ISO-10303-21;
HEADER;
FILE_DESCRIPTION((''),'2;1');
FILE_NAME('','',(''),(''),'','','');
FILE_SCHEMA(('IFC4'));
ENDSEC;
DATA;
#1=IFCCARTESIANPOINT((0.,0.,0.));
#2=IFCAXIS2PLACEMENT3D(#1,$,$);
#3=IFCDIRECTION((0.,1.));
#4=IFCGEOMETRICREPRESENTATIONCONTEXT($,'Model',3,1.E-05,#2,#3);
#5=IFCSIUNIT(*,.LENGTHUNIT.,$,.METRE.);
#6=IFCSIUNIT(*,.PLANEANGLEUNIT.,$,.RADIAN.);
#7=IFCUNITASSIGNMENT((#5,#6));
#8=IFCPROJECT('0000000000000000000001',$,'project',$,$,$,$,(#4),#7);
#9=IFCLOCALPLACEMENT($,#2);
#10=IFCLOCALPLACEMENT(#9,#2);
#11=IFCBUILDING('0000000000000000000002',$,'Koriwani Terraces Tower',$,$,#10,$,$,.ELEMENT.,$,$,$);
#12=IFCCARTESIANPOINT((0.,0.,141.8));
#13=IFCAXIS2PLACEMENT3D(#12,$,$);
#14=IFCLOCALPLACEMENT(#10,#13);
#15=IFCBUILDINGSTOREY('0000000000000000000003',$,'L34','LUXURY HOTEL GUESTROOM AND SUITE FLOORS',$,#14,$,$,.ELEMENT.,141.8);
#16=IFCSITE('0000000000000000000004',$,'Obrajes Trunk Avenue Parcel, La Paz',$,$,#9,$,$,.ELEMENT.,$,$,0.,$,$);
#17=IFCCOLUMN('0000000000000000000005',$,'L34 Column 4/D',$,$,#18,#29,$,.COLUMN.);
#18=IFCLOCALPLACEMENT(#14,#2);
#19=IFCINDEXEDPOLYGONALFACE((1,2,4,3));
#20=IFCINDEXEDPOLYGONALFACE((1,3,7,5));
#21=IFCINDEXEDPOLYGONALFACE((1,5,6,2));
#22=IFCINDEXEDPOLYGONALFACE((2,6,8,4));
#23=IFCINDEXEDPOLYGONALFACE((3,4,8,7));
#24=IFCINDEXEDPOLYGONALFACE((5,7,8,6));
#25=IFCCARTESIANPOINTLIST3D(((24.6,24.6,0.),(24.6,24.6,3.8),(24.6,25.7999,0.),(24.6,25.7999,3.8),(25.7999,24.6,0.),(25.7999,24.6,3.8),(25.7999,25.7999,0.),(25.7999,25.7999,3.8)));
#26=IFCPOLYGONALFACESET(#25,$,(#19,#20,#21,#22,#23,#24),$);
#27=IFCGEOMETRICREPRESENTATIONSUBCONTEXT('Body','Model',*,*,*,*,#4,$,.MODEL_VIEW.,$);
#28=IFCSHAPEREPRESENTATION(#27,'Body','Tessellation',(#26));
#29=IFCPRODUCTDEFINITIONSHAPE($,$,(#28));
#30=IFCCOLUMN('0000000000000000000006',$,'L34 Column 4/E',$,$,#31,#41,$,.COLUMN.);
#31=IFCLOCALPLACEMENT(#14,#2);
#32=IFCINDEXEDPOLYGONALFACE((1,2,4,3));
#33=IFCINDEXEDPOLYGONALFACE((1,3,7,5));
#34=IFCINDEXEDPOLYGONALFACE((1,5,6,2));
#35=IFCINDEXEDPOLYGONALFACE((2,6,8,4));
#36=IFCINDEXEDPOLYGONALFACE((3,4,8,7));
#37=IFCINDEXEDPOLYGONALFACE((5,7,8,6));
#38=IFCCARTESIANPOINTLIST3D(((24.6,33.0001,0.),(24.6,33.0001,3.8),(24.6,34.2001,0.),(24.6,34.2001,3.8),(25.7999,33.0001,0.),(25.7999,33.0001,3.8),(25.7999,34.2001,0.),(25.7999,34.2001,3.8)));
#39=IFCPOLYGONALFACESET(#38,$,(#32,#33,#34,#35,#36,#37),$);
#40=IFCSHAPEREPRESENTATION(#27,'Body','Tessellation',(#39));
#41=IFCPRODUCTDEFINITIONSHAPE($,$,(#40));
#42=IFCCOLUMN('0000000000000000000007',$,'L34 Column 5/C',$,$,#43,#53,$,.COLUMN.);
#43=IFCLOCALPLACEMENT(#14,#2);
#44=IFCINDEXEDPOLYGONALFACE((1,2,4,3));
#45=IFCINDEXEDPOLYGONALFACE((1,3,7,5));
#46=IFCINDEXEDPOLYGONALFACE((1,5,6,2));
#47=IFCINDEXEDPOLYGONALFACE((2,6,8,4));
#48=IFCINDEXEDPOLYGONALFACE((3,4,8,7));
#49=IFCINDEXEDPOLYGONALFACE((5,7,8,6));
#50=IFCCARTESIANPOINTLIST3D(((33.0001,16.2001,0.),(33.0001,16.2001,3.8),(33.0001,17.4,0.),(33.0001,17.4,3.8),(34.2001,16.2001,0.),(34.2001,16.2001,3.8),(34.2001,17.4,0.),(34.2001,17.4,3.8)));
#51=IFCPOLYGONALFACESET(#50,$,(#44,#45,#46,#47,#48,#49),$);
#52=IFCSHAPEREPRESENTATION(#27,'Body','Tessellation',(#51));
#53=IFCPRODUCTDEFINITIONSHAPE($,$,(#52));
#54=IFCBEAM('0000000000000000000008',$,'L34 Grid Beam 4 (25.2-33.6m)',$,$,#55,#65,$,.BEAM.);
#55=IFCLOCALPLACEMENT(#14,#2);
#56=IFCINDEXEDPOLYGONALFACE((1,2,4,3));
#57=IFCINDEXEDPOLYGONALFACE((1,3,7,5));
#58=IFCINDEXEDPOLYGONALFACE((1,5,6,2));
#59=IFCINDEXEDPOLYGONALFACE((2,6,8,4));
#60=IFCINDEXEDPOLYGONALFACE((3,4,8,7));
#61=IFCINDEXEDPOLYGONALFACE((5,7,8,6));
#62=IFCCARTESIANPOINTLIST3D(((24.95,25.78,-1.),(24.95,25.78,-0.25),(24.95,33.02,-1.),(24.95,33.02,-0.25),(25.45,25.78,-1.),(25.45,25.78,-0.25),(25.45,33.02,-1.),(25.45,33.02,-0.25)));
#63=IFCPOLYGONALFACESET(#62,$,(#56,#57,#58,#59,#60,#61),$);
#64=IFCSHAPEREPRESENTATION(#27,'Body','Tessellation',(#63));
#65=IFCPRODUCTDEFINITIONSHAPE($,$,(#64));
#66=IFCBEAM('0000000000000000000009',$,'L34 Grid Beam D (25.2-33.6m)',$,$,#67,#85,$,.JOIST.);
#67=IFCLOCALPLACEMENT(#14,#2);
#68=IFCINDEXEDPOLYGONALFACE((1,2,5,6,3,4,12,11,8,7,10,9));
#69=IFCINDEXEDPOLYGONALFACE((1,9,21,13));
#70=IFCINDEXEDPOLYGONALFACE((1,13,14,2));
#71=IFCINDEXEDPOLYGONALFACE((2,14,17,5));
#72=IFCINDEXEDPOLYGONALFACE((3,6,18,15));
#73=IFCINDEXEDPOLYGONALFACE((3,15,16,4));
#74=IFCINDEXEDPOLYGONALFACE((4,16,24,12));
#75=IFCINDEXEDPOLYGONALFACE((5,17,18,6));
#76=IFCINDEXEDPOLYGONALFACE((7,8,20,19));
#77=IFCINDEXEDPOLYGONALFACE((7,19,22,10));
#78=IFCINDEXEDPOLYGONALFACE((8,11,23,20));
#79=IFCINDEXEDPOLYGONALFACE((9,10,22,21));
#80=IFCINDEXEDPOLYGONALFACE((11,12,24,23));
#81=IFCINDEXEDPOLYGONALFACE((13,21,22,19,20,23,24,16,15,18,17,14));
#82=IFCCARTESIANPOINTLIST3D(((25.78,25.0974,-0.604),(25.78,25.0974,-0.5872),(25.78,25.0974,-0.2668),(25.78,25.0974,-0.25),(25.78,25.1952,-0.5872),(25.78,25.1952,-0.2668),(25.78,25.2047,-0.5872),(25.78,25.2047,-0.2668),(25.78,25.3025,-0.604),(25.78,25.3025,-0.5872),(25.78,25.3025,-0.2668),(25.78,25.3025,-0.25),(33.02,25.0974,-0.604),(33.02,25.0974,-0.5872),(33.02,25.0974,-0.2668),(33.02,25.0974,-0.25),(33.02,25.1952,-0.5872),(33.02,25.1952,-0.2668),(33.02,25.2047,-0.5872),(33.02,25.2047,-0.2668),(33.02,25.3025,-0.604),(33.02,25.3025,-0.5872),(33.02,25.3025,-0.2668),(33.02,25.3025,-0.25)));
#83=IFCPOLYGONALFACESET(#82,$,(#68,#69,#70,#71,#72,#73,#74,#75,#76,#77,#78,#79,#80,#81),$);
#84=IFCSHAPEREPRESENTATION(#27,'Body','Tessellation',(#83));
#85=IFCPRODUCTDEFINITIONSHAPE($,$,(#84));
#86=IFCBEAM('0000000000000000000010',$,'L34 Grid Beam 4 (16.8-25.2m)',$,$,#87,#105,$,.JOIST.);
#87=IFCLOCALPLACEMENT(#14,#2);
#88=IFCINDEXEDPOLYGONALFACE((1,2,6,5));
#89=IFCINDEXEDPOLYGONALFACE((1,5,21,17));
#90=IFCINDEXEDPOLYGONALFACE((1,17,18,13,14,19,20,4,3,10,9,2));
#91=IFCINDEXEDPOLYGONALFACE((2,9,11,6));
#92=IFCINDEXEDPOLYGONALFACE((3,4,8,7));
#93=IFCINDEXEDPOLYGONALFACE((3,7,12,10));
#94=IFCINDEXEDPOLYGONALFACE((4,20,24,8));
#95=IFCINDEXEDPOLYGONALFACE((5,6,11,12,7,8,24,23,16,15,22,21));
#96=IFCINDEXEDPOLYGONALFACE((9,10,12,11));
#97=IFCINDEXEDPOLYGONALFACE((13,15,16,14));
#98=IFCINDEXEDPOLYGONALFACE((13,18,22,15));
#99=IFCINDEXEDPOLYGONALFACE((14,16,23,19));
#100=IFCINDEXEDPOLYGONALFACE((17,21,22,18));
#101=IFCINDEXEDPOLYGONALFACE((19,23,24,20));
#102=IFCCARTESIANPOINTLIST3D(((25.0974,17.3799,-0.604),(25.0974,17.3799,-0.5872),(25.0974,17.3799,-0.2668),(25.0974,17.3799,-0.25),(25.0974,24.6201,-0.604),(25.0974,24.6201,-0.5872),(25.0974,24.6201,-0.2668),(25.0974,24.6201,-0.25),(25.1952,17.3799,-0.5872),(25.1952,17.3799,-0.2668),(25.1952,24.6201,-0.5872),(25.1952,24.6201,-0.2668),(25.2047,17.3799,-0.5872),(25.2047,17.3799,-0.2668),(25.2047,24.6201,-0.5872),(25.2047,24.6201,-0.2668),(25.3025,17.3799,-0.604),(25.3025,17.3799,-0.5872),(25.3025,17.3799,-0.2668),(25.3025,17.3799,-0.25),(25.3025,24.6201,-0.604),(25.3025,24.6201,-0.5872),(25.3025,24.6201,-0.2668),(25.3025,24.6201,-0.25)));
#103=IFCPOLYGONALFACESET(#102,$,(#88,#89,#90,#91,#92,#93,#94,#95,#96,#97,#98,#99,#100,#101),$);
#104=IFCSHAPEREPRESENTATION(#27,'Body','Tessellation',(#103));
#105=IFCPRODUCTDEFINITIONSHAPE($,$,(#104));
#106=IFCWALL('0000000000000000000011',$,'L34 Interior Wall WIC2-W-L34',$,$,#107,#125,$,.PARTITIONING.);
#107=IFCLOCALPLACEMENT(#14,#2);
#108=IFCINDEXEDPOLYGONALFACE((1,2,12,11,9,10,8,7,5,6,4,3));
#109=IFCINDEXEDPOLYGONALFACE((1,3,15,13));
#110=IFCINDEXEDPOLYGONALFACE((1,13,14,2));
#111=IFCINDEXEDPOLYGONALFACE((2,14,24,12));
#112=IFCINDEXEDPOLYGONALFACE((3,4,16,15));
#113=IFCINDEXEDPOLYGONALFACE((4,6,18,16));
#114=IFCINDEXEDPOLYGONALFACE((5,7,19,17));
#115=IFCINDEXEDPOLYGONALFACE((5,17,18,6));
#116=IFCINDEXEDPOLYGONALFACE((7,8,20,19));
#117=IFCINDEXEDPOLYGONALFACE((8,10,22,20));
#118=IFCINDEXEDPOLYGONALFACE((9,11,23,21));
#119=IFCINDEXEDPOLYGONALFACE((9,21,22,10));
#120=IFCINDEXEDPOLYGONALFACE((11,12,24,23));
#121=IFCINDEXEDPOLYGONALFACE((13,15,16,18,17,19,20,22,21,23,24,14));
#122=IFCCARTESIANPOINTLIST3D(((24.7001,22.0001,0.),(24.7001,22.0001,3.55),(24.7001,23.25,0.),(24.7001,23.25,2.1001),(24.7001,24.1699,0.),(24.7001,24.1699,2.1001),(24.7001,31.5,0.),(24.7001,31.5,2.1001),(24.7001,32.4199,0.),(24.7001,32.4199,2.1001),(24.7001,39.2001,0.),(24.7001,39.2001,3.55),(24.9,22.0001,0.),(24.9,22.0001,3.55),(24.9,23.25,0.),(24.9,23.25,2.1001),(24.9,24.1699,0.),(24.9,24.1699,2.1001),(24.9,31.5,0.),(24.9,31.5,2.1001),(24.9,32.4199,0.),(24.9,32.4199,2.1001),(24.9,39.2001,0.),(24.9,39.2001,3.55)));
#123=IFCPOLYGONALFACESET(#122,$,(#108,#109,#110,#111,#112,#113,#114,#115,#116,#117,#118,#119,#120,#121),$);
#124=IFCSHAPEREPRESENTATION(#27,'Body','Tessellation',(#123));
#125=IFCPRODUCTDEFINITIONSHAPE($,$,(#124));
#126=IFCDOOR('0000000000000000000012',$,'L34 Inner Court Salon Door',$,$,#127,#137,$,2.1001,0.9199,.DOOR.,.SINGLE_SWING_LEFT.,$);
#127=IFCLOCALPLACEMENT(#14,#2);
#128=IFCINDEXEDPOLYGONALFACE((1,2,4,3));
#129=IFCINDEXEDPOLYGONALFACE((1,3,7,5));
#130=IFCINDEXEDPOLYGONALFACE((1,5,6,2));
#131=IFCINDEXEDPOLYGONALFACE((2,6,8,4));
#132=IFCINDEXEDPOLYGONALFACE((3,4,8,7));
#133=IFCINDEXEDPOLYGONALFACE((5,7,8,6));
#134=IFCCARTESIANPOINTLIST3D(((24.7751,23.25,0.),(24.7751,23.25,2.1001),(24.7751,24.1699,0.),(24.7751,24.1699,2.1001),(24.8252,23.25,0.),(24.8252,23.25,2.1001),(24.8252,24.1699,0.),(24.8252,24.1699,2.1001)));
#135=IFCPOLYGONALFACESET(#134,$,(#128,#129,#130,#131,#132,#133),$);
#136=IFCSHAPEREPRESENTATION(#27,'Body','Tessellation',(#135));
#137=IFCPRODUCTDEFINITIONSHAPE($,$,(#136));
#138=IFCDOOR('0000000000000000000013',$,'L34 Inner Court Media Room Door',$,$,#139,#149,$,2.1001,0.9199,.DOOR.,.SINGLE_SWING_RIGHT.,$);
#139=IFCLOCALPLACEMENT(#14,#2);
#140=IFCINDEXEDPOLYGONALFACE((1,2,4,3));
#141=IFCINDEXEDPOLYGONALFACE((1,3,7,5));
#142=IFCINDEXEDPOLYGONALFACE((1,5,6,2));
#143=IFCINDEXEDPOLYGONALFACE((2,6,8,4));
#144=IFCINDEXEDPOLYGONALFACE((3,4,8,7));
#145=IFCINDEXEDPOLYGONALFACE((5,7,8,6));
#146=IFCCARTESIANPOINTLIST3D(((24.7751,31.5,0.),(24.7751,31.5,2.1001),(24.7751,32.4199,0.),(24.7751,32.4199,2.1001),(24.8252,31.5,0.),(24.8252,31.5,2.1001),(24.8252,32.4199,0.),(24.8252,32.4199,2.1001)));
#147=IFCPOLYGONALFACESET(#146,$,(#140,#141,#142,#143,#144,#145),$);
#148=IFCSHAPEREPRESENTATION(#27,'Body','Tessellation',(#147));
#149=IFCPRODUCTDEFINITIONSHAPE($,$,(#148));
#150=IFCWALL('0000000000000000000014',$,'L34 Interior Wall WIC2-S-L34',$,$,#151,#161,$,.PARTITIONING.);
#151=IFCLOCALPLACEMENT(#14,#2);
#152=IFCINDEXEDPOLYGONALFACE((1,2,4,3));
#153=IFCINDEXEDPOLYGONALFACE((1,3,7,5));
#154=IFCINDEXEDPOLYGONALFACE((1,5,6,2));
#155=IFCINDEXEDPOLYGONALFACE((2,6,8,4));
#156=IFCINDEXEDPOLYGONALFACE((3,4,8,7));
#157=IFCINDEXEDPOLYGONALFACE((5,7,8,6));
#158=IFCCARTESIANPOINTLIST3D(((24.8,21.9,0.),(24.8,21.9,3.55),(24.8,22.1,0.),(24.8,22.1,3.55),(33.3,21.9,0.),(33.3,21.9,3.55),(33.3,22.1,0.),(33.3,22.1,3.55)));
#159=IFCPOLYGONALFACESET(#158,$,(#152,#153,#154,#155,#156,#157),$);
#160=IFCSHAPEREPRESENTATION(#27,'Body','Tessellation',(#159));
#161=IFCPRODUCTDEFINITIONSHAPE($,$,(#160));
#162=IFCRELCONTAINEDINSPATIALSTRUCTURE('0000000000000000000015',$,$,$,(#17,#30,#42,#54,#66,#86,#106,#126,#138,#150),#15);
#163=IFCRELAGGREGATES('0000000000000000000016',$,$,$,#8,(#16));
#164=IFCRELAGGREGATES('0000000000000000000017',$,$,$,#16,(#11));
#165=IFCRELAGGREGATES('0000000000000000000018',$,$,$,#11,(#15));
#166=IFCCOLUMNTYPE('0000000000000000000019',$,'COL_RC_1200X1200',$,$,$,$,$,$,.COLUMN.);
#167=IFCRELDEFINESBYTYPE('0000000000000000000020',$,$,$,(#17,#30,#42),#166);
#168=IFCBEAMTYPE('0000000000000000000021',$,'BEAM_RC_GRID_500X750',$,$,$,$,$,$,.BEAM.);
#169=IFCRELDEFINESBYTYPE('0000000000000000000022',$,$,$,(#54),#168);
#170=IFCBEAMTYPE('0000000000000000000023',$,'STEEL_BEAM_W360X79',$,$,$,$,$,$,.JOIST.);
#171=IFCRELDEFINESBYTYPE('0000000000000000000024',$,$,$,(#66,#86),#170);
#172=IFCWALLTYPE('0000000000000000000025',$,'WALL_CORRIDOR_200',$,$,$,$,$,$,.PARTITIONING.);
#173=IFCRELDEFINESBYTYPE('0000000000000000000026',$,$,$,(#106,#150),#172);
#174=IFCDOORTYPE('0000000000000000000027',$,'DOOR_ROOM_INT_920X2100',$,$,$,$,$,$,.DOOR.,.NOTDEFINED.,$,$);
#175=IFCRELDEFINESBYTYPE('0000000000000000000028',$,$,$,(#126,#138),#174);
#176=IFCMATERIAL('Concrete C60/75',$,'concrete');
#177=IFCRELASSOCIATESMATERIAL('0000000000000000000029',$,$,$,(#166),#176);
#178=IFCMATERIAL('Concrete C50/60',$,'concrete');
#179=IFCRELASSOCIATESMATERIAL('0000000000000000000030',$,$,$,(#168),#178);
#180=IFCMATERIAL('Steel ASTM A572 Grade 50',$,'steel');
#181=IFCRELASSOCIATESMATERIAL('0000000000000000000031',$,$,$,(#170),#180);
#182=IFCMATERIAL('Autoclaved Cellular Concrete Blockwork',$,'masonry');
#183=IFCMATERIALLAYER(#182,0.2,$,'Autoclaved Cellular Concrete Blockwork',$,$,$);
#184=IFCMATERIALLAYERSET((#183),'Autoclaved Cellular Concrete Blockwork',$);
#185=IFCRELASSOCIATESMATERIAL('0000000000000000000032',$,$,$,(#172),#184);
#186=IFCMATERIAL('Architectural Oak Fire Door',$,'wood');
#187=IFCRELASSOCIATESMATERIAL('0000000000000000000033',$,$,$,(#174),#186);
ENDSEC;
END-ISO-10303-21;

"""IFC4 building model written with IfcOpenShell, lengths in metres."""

from ifc_helpers import new_model, si_unit, direction, frame, frame_2d, origin, origin_2d, place, context, subcontext, project, spatial, rectangle, i_section, extrude, material, layer, layer_set, material_profile, profile_set, type_object, element, fill, save


model = new_model("IFC4")

# Units and contexts
model_context = context("Model", 3, precision=1e-05, world=origin(), true_north=direction((0.0, 1.0)))
body_context = subcontext(model_context, "Body", "Model", "MODEL_VIEW")
ifc_project = project(units=[si_unit("LENGTHUNIT", "METRE"), si_unit("PLANEANGLEUNIT", "RADIAN")], contexts=[model_context])

# Site, building, storey
site_placement = place(None, origin())
site = spatial("IfcSite", under=ifc_project, at=site_placement, Name="Obrajes Trunk Avenue Parcel, La Paz", CompositionType="ELEMENT", RefElevation=0.0)
building_placement = place(site_placement, origin())
building = spatial("IfcBuilding", under=site, at=building_placement, Name="Koriwani Terraces Tower", CompositionType="ELEMENT")
storey_placement = place(building_placement, frame((0.0, 0.0, 141.8)))
storey = spatial("IfcBuildingStorey", under=building, at=storey_placement, Name="L34", Description="LUXURY HOTEL GUESTROOM AND SUITE FLOORS", CompositionType="ELEMENT", Elevation=141.8)

# Columns
ifc_material_1 = material(Name="Concrete C60/75", Category="concrete")
ifc_material_profile_1 = material_profile(ifc_material_1, rectangle(XDim=1.2, YDim=1.2, at=origin_2d()), Name="Concrete C60/75", Category="LoadBearing")
ifc_profile_set_1 = profile_set([ifc_material_profile_1], Name="Concrete C60/75")
column_type = type_object("IfcColumnType", Name="COL_RC_1200X1200", PredefinedType="COLUMN", material=ifc_profile_set_1)
for number, where, z_axis, x_axis, name in (
    (1, (25.2, 25.2, 0.0), (0.0, 0.0, 1.0), (1.0, 0.0, 0.0), "L34 Column 4/D"),
    (2, (25.2, 33.6001, 0.0), (0.0, 0.0, 1.0), (1.0, 0.0, 0.0), "L34 Column 4/E"),
    (3, (33.6001, 16.8, 0.0), (0.0, 0.0, 1.0), (1.0, 0.0, 0.0), "L34 Column 5/C"),
):
    element("IfcColumn", number, at=place(storey_placement, frame(where, z_axis=z_axis, x_axis=x_axis)), inside=storey, type_object=column_type, Name=name, PredefinedType="COLUMN", context=body_context, shape_type="SweptSolid", body=[
        extrude(rectangle(XDim=1.2, YDim=1.2, at=origin_2d()), origin(), (0.0, 0.0, 1.0), 3.8),
    ])

# Beams
ifc_material_2 = material(Name="Concrete C50/60", Category="concrete")
ifc_material_profile_2 = material_profile(ifc_material_2, rectangle(XDim=0.5, YDim=0.75, at=origin_2d()), Name="Concrete C50/60", Category="LoadBearing")
ifc_profile_set_2 = profile_set([ifc_material_profile_2], Name="Concrete C50/60")
beam_type_1 = type_object("IfcBeamType", Name="BEAM_RC_GRID_500X750", PredefinedType="BEAM", material=ifc_profile_set_2)
beam_1_placement = place(storey_placement, frame((25.2, 25.78, -0.625), z_axis=(0.0, 1.0, 0.0), x_axis=(-1.0, 0.0, 0.0)))
element("IfcBeam", 4, at=beam_1_placement, inside=storey, type_object=beam_type_1, Name="L34 Grid Beam 4 (25.2-33.6m)", PredefinedType="BEAM", context=body_context, shape_type="SweptSolid", body=[
    extrude(rectangle(XDim=0.5, YDim=0.75, at=origin_2d()), origin(), (0.0, 0.0, 1.0), 7.24),
])
ifc_material_3 = material(Name="Steel ASTM A572 Grade 50", Category="steel")
ifc_material_profile_3 = material_profile(ifc_material_3, i_section(OverallWidth=0.2051, OverallDepth=0.354, WebThickness=0.0095, FlangeThickness=0.0168, at=origin_2d()), Name="Steel ASTM A572 Grade 50", Category="LoadBearing")
ifc_profile_set_3 = profile_set([ifc_material_profile_3], Name="Steel ASTM A572 Grade 50")
beam_type_2 = type_object("IfcBeamType", Name="STEEL_BEAM_W360X79", PredefinedType="JOIST", material=ifc_profile_set_3)
beam_2_placement = place(storey_placement, frame((25.78, 25.2, -0.427), z_axis=(1.0, 0.0, 0.0), x_axis=(0.0, 1.0, 0.0)))
element("IfcBeam", 5, at=beam_2_placement, inside=storey, type_object=beam_type_2, Name="L34 Grid Beam D (25.2-33.6m)", PredefinedType="JOIST", context=body_context, shape_type="SweptSolid", body=[
    extrude(i_section(OverallWidth=0.2051, OverallDepth=0.354, WebThickness=0.0095, FlangeThickness=0.0168, at=origin_2d()), origin(), (0.0, 0.0, 1.0), 7.24),
])
beam_3_placement = place(storey_placement, frame((25.2, 17.3799, -0.427), z_axis=(0.0, 1.0, 0.0), x_axis=(-1.0, 0.0, 0.0)))
element("IfcBeam", 6, at=beam_3_placement, inside=storey, type_object=beam_type_2, Name="L34 Grid Beam 4 (16.8-25.2m)", PredefinedType="JOIST", context=body_context, shape_type="SweptSolid", body=[
    extrude(i_section(OverallWidth=0.2051, OverallDepth=0.354, WebThickness=0.0095, FlangeThickness=0.0168, at=origin_2d()), origin(), (0.0, 0.0, 1.0), 7.2402),
])

# Wall, openings, doors
ifc_material_4 = material(Name="Autoclaved Cellular Concrete Blockwork", Category="masonry")
ifc_layer_1 = layer(ifc_material_4, 0.2, Name="Autoclaved Cellular Concrete Blockwork")
ifc_layer_set_1 = layer_set([ifc_layer_1], Name="Autoclaved Cellular Concrete Blockwork")
wall_type_1 = type_object("IfcWallType", Name="WALL_CORRIDOR_200", PredefinedType="PARTITIONING", material=ifc_layer_set_1)
wall_1_placement = place(storey_placement, frame((24.8, 22.0, 0.0), z_axis=(0.0, 0.0, 1.0), x_axis=(0.0, 1.0, 0.0)))
wall_1 = element("IfcWall", 7, at=wall_1_placement, inside=storey, type_object=wall_type_1, Name="L34 Interior Wall WIC2-W-L34", PredefinedType="PARTITIONING", context=body_context, shape_type="SweptSolid", body=[
    extrude(rectangle(XDim=17.2, YDim=0.2, at=frame_2d((8.6001, 0.0))), origin(), (0.0, 0.0, 1.0), 3.55),
])
opening_1_placement = place(wall_1_placement, frame((1.25, 0.0, 0.0)))
opening_1 = element("IfcOpeningElement", 8, at=opening_1_placement, cuts=wall_1, PredefinedType="OPENING", context=body_context, shape_type="SweptSolid", body=[
    extrude(rectangle(XDim=0.9199, YDim=2.1001, at=frame_2d((0.46, 1.05))), frame((0.0, 0.1099, 0.0), z_axis=(0.0, -1.0, 0.0), x_axis=(1.0, 0.0, 0.0)), (0.0, 0.0, 1.0), 0.22),
])
opening_2_placement = place(wall_1_placement, frame((9.5, 0.0, 0.0)))
opening_2 = element("IfcOpeningElement", 9, at=opening_2_placement, cuts=wall_1, PredefinedType="OPENING", context=body_context, shape_type="SweptSolid", body=[
    extrude(rectangle(XDim=0.9199, YDim=2.1001, at=frame_2d((0.46, 1.05))), frame((0.0, 0.1099, 0.0), z_axis=(0.0, -1.0, 0.0), x_axis=(1.0, 0.0, 0.0)), (0.0, 0.0, 1.0), 0.22),
])
ifc_material_5 = material(Name="Architectural Oak Fire Door", Category="wood")
door_type_1 = type_object("IfcDoorType", Name="DOOR_ROOM_INT_920X2100", OperationType="NOTDEFINED", PredefinedType="DOOR", material=ifc_material_5)
door_1_placement = place(opening_1_placement, origin())
door_1 = element("IfcDoor", 10, at=door_1_placement, inside=storey, type_object=door_type_1, Name="L34 Inner Court Salon Door", OperationType="SINGLE_SWING_LEFT", OverallHeight=2.1001, OverallWidth=0.9199, PredefinedType="DOOR", context=body_context, shape_type="SweptSolid", body=[
    extrude(rectangle(XDim=0.9199, YDim=2.1001, at=frame_2d((0.46, 1.05))), frame((0.0, 0.0249, 0.0), z_axis=(0.0, -1.0, 0.0), x_axis=(1.0, 0.0, 0.0)), (0.0, 0.0, 1.0), 0.05),
])
fill(opening_1, door_1)
door_2_placement = place(opening_2_placement, origin())
door_2 = element("IfcDoor", 11, at=door_2_placement, inside=storey, type_object=door_type_1, Name="L34 Inner Court Media Room Door", OperationType="SINGLE_SWING_RIGHT", OverallHeight=2.1001, OverallWidth=0.9199, PredefinedType="DOOR", context=body_context, shape_type="SweptSolid", body=[
    extrude(rectangle(XDim=0.9199, YDim=2.1001, at=frame_2d((0.46, 1.05))), frame((0.0, 0.0249, 0.0), z_axis=(0.0, -1.0, 0.0), x_axis=(1.0, 0.0, 0.0)), (0.0, 0.0, 1.0), 0.05),
])
fill(opening_2, door_2)

# Wall
wall_2_placement = place(storey_placement, frame((24.8, 22.0, 0.0), z_axis=(0.0, 0.0, 1.0), x_axis=(1.0, 0.0, 0.0)))
element("IfcWall", 12, at=wall_2_placement, inside=storey, type_object=wall_type_1, Name="L34 Interior Wall WIC2-S-L34", PredefinedType="PARTITIONING", context=body_context, shape_type="SweptSolid", body=[
    extrude(rectangle(XDim=8.5, YDim=0.2, at=frame_2d((4.25, 0.0))), origin(), (0.0, 0.0, 1.0), 3.55),
])

save(model, "model.ifc")
